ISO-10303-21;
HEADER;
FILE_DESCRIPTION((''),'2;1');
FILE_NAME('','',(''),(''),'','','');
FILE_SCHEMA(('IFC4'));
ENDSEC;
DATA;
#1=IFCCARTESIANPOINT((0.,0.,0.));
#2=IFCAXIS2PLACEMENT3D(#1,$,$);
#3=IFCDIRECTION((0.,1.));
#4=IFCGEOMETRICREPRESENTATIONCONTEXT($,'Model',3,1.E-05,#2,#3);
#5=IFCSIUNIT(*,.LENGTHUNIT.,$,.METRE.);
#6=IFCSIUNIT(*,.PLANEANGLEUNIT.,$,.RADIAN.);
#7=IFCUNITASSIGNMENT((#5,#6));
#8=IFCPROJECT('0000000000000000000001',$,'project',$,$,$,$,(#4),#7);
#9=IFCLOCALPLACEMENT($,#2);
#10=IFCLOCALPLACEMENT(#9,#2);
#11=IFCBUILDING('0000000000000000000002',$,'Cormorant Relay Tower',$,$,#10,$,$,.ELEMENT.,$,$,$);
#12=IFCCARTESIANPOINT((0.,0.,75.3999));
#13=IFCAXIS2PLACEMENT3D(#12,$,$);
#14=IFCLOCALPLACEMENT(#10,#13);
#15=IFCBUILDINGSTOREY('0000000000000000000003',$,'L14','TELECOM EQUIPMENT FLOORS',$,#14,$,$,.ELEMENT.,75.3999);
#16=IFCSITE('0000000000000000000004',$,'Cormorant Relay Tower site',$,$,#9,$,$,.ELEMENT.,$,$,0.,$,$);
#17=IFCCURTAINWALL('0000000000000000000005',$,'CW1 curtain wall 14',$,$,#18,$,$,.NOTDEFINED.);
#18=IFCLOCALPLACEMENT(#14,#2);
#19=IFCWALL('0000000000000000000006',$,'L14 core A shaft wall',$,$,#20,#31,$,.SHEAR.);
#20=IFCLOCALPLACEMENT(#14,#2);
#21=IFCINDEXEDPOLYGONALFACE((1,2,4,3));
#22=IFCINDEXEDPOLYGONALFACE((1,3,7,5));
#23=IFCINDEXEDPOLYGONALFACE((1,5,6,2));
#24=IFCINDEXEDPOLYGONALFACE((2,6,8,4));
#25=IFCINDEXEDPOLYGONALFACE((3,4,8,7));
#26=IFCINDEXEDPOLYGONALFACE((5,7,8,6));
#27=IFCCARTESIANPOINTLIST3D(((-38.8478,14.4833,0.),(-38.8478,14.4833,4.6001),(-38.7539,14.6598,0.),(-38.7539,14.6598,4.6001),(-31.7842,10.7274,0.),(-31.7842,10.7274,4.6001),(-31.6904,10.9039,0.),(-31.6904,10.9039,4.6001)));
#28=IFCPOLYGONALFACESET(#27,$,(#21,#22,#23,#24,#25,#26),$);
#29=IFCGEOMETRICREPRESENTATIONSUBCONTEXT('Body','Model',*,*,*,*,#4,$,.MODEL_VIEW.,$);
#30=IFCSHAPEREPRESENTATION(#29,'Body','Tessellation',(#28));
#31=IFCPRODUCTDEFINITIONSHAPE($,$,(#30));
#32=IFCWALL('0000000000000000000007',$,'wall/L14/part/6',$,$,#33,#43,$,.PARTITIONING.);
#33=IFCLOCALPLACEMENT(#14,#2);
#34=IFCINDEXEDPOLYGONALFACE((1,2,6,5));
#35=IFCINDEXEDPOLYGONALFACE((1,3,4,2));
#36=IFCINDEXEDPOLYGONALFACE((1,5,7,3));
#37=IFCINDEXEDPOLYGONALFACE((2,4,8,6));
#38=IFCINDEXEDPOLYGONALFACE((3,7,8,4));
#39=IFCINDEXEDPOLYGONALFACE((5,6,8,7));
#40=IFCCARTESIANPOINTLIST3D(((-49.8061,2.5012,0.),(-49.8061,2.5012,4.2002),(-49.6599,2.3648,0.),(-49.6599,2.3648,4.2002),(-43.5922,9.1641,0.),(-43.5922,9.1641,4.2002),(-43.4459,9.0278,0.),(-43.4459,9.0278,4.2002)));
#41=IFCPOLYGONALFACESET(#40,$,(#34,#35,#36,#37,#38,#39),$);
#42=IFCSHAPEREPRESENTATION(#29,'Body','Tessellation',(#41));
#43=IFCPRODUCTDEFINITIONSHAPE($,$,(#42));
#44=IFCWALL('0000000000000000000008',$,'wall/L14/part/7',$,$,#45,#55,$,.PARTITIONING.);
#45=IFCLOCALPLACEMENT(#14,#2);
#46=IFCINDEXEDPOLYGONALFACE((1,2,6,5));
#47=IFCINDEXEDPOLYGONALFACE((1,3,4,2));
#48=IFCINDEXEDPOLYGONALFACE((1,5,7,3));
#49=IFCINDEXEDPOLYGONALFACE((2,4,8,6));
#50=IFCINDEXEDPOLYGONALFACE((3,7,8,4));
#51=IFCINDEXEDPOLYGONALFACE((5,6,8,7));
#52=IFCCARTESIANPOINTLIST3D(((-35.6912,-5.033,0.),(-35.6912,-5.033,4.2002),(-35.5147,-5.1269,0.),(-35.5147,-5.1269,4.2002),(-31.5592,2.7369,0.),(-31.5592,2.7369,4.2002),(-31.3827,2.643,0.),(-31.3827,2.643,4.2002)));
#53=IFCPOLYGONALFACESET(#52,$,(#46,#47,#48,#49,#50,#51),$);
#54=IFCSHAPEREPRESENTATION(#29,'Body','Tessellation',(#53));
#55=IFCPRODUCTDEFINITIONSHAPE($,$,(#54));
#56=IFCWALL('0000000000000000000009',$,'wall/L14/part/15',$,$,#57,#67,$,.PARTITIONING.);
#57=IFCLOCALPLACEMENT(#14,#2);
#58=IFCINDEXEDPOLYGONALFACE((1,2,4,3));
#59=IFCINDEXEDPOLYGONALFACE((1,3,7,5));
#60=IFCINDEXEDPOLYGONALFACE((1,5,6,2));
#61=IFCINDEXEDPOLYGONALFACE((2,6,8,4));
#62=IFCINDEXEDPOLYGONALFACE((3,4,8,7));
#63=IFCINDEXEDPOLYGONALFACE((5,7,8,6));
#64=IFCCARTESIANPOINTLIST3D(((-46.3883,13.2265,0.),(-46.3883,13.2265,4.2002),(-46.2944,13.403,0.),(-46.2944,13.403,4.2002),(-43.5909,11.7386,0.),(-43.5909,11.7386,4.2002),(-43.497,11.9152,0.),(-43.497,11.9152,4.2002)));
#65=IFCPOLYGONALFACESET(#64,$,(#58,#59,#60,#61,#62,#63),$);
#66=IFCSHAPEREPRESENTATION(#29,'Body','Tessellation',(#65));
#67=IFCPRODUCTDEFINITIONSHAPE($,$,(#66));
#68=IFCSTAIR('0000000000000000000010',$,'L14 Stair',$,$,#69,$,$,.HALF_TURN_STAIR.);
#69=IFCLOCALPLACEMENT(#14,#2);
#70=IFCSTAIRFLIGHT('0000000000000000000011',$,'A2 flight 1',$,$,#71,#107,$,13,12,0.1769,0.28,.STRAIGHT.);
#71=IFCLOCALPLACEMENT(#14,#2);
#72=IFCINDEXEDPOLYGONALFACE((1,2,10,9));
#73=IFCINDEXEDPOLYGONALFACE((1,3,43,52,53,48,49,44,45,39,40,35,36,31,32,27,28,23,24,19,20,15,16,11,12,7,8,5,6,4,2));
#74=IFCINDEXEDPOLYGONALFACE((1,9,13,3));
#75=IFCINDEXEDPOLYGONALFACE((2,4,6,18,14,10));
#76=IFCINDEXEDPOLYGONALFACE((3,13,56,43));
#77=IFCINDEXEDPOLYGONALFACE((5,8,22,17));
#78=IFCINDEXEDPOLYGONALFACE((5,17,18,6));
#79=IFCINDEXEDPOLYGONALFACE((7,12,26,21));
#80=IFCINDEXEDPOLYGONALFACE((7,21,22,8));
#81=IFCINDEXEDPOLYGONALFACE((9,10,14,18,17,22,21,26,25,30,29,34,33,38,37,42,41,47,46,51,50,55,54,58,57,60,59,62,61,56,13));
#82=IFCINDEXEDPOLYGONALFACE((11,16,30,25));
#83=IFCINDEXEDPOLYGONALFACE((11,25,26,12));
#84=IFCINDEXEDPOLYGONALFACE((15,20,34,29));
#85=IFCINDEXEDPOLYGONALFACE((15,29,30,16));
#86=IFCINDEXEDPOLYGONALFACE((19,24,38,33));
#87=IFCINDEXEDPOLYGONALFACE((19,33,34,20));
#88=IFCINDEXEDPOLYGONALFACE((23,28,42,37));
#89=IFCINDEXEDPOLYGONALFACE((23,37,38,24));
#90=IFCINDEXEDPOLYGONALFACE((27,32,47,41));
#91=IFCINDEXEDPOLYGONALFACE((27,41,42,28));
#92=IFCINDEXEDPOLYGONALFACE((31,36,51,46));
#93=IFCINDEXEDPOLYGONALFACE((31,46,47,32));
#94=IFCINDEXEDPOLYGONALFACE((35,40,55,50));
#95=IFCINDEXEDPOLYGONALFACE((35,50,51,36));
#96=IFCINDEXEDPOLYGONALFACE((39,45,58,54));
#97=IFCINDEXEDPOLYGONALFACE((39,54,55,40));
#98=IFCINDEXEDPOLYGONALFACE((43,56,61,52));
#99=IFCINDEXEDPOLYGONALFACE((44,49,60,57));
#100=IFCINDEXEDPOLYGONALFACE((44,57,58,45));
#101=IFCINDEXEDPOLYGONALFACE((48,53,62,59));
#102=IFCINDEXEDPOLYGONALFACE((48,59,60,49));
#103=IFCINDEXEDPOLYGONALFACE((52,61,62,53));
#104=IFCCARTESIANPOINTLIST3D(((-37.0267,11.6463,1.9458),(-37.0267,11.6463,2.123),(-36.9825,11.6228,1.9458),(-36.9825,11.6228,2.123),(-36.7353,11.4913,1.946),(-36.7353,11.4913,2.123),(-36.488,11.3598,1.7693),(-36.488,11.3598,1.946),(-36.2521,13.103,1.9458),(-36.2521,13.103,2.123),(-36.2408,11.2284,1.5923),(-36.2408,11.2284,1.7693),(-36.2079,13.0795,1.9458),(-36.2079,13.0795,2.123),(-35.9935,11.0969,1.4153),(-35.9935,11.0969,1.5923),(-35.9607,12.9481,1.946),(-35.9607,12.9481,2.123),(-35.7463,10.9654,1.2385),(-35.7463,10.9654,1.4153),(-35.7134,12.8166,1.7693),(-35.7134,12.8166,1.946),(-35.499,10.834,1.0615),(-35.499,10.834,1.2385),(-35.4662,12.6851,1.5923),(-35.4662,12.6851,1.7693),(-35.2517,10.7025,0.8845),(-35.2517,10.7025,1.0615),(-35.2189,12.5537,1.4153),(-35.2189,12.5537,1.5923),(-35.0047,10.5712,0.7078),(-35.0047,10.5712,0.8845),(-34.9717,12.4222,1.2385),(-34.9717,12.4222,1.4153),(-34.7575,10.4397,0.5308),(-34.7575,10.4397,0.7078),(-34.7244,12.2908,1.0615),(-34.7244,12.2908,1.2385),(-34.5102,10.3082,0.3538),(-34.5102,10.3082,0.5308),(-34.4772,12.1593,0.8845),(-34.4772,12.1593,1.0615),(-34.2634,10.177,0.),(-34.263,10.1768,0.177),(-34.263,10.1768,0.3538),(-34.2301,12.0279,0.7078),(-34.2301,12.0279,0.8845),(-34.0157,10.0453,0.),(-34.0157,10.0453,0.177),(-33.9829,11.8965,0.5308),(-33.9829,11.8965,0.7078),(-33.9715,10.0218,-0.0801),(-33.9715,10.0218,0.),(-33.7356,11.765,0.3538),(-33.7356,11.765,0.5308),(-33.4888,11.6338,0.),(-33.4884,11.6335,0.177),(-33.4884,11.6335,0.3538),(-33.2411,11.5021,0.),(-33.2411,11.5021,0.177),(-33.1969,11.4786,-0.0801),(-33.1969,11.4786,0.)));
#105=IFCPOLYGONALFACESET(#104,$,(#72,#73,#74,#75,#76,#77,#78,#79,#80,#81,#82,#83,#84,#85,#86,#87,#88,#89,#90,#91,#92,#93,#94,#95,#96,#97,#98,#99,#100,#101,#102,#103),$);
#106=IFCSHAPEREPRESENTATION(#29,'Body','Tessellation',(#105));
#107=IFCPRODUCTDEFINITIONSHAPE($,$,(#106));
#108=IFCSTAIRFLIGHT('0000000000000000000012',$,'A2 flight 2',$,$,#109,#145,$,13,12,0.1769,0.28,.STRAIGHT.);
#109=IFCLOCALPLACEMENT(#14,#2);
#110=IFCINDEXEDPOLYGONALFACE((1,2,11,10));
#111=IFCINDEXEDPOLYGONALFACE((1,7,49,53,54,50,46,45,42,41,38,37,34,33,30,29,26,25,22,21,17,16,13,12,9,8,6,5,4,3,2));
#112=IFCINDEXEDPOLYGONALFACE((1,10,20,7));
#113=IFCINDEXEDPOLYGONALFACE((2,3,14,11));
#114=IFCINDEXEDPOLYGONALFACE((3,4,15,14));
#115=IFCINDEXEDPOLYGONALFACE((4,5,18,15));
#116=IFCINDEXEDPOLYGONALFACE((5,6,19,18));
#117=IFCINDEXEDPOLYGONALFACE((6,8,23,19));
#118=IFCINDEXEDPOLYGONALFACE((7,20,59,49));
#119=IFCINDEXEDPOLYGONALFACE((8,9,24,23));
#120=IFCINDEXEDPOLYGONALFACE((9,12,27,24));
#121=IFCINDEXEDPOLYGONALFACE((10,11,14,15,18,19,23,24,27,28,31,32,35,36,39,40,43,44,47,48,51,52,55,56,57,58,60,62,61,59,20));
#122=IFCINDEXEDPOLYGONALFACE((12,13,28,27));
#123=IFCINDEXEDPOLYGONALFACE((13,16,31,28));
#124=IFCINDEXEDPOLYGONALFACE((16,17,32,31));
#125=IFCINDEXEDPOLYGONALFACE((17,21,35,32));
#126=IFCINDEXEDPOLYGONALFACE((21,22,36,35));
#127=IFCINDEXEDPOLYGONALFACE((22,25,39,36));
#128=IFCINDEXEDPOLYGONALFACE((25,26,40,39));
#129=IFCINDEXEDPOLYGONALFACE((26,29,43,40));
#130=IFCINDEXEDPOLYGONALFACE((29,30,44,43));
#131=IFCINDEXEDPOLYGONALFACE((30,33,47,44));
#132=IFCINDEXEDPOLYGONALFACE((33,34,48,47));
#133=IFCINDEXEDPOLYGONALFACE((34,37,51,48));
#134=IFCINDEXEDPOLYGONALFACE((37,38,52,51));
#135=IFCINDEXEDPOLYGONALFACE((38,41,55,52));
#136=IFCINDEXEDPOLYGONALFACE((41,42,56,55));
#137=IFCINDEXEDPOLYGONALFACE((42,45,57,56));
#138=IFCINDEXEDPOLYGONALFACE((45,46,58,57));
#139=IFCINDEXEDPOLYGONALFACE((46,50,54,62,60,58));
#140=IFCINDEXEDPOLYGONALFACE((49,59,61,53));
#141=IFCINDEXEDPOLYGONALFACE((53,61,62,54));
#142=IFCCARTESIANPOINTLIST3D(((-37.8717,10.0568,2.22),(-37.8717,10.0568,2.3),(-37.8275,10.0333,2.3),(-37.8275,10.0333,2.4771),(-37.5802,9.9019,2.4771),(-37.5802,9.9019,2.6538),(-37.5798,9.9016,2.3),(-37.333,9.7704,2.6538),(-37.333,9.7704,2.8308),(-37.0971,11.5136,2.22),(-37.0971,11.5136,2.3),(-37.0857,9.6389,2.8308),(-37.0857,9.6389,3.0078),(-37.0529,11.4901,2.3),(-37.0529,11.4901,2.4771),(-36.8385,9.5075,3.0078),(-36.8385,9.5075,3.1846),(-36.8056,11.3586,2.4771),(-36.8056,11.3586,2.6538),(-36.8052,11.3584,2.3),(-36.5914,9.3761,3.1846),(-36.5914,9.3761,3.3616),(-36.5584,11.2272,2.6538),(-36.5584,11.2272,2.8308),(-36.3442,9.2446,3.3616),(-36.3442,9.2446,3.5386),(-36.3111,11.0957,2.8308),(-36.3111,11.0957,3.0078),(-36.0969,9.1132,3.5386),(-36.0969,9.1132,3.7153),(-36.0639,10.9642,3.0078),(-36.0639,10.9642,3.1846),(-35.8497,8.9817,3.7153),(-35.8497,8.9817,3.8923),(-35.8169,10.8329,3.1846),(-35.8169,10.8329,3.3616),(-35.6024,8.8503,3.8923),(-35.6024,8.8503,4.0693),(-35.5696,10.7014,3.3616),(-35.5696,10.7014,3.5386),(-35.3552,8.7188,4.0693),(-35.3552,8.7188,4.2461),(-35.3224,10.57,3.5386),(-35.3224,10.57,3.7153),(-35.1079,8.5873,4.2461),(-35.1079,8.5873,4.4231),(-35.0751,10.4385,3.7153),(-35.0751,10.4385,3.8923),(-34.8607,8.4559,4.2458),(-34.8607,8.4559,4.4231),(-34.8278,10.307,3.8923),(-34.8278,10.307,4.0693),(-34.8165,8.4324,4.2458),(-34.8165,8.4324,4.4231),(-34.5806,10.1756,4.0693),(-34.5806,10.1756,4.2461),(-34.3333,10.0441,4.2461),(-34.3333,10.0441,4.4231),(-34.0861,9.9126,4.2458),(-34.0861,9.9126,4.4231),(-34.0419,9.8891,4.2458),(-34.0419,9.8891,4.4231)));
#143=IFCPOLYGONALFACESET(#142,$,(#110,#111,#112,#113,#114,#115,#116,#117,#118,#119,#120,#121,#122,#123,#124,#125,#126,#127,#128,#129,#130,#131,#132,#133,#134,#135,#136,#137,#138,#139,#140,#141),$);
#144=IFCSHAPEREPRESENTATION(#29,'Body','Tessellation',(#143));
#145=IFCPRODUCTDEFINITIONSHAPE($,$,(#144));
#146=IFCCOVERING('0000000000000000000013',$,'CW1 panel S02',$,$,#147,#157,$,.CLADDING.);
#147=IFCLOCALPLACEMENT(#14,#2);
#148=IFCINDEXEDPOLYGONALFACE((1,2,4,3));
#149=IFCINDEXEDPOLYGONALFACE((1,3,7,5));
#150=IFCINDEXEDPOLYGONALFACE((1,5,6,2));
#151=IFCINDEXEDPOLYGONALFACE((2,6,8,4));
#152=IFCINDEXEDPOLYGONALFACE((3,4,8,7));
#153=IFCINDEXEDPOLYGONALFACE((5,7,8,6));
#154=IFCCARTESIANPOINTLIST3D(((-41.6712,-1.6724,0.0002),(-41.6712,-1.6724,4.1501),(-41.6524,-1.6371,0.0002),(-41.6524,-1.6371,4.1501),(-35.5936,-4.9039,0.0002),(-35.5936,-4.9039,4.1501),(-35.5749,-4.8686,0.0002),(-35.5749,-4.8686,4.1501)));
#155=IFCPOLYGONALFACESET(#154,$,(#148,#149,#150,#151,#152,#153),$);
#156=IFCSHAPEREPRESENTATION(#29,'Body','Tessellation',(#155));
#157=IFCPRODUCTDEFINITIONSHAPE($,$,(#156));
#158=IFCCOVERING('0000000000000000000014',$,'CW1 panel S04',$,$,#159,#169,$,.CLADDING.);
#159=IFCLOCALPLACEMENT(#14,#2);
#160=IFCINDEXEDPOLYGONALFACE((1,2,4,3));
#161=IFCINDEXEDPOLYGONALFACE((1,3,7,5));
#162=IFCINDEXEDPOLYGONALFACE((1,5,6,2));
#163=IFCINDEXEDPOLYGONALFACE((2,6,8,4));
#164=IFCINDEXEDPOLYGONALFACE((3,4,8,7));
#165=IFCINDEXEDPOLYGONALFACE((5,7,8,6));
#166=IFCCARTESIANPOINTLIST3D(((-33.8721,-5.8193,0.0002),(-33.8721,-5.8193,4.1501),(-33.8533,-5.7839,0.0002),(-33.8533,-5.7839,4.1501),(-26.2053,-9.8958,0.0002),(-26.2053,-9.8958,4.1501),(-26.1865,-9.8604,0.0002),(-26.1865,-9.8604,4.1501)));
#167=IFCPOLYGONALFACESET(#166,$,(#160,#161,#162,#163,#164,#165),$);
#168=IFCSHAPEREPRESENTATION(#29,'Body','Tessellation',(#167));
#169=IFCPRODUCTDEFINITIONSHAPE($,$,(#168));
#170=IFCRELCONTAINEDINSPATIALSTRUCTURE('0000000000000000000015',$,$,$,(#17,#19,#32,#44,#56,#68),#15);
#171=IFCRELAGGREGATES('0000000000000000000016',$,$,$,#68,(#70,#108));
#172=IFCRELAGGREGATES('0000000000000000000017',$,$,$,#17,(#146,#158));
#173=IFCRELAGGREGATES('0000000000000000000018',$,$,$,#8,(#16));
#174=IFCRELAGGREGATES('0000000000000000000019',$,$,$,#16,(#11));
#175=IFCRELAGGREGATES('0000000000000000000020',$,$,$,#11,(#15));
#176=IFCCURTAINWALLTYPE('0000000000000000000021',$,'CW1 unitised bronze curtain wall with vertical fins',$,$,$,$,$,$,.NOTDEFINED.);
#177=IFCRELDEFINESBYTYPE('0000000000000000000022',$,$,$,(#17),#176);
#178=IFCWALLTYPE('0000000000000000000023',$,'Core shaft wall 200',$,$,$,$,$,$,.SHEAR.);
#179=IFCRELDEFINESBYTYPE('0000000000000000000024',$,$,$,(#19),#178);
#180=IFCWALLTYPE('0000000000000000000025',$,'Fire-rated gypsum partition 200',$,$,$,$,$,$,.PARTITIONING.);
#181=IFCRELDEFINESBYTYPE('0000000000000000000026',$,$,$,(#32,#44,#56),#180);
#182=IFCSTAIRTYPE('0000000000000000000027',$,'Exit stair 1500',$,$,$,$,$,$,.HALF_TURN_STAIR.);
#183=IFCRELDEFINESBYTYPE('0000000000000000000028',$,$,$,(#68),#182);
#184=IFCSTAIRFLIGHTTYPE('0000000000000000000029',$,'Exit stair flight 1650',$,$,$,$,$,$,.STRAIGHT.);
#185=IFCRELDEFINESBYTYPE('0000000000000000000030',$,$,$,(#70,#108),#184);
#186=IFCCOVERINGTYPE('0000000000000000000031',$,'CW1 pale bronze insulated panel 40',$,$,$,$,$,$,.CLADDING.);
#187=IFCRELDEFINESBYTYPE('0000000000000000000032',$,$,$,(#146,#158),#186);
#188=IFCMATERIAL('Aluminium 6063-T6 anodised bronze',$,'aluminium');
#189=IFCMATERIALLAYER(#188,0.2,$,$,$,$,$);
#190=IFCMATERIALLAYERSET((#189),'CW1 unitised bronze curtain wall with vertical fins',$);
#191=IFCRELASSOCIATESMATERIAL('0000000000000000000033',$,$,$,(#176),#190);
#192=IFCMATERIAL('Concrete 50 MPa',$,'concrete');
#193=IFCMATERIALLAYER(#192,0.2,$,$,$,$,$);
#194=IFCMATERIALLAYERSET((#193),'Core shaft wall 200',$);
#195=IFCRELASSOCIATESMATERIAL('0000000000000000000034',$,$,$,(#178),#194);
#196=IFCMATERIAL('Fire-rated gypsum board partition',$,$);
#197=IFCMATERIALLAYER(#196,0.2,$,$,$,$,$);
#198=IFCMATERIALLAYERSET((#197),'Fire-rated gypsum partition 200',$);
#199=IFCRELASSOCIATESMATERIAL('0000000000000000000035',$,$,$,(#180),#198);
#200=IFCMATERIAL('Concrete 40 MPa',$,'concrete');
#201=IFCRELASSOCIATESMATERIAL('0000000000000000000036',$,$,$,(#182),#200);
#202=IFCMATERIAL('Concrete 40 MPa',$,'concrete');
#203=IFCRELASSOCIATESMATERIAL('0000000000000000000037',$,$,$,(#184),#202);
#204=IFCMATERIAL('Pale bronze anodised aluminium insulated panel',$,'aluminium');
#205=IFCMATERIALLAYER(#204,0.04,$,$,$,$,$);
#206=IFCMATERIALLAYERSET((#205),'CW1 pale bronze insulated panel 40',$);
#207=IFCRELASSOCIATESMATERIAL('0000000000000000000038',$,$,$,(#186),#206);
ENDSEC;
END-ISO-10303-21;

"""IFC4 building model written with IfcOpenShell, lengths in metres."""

from ifc_helpers import new_model, si_unit, direction, frame, frame_2d, origin, origin_2d, place, context, subcontext, project, spatial, polyline, rectangle, outline, extrude, material, layer, layer_set, type_object, element, aggregate, save


model = new_model("IFC4")

# Units and contexts
model_context = context("Model", 3, precision=1e-05, world=origin(), true_north=direction((0.0, 1.0)))
body_context = subcontext(model_context, "Body", "Model", "MODEL_VIEW")
ifc_project = project(units=[si_unit("LENGTHUNIT", "METRE"), si_unit("PLANEANGLEUNIT", "RADIAN")], contexts=[model_context])

# Site, building, storey
site_placement = place(None, origin())
site = spatial("IfcSite", under=ifc_project, at=site_placement, Name="Cormorant Relay Tower site", CompositionType="ELEMENT", RefElevation=0.0)
building_placement = place(site_placement, origin())
building = spatial("IfcBuilding", under=site, at=building_placement, Name="Cormorant Relay Tower", CompositionType="ELEMENT")
storey_placement = place(building_placement, frame((0.0, 0.0, 75.3999)))
storey = spatial("IfcBuildingStorey", under=building, at=storey_placement, Name="L14", Description="TELECOM EQUIPMENT FLOORS", CompositionType="ELEMENT", Elevation=75.3999)

# Curtain wall
ifc_material_1 = material(Name="Aluminium 6063-T6 anodised bronze", Category="aluminium")
ifc_layer_1 = layer(ifc_material_1, 0.2)
ifc_layer_set_1 = layer_set([ifc_layer_1], Name="CW1 unitised bronze curtain wall with vertical fins")
curtain_wall_type = type_object("IfcCurtainWallType", Name="CW1 unitised bronze curtain wall with vertical fins", PredefinedType="NOTDEFINED", material=ifc_layer_set_1)
curtain_wall_placement = place(storey_placement, origin())
curtain_wall = element("IfcCurtainWall", 1, at=curtain_wall_placement, inside=storey, type_object=curtain_wall_type, Name="CW1 curtain wall 14", PredefinedType="NOTDEFINED")

# Shared definitions
ifc_material_2 = material(Name="Concrete 50 MPa", Category="concrete")
ifc_layer_2 = layer(ifc_material_2, 0.2)
ifc_layer_set_2 = layer_set([ifc_layer_2], Name="Core shaft wall 200")
wall_type_1 = type_object("IfcWallType", Name="Core shaft wall 200", PredefinedType="SHEAR", material=ifc_layer_set_2)

# Walls
for number, where, z_axis, x_axis, name in (
    (2, (-31.7373, 10.8157, 0.0), (0.0, 0.0, 1.0), (-0.88294, 0.469485, 0.0), "L14 core A shaft wall"),
):
    element("IfcWall", number, at=place(storey_placement, frame(where, z_axis=z_axis, x_axis=x_axis)), inside=storey, type_object=wall_type_1, Name=name, PredefinedType="SHEAR", context=body_context, shape_type="SweptSolid", body=[
        extrude(rectangle(XDim=8.0, YDim=0.2, at=frame_2d((4.0, 0.0))), origin(), (0.0, 0.0, 1.0), 4.6001),
    ])
ifc_material_3 = material(Name="Fire-rated gypsum board partition")
ifc_layer_3 = layer(ifc_material_3, 0.2)
ifc_layer_set_3 = layer_set([ifc_layer_3], Name="Fire-rated gypsum partition 200")
wall_type_2 = type_object("IfcWallType", Name="Fire-rated gypsum partition 200", PredefinedType="PARTITIONING", material=ifc_layer_set_3)
wall_1_placement = place(storey_placement, frame((-43.519, 9.0959, 0.0), z_axis=(0.0, 0.0, 1.0), x_axis=(-0.682037, -0.731317, 0.0)))
element("IfcWall", 3, at=wall_1_placement, inside=storey, type_object=wall_type_2, Name="wall/L14/part/6", PredefinedType="PARTITIONING", context=body_context, shape_type="SweptSolid", body=[
    extrude(rectangle(XDim=9.1108, YDim=0.2, at=frame_2d((4.5554, 0.0))), origin(), (0.0, 0.0, 1.0), 4.2002),
])
wall_2_placement = place(storey_placement, frame((-31.4709, 2.6899, 0.0), z_axis=(0.0, 0.0, 1.0), x_axis=(-0.469532, -0.882915, 0.0)))
element("IfcWall", 4, at=wall_2_placement, inside=storey, type_object=wall_type_2, Name="wall/L14/part/7", PredefinedType="PARTITIONING", context=body_context, shape_type="SweptSolid", body=[
    extrude(rectangle(XDim=8.8003, YDim=0.2, at=frame_2d((4.4001, 0.0))), origin(), (0.0, 0.0, 1.0), 4.2002),
])
wall_3_placement = place(storey_placement, frame((-43.5439, 11.8269, 0.0), z_axis=(0.0, 0.0, 1.0), x_axis=(-0.882894, 0.469572, 0.0)))
element("IfcWall", 5, at=wall_3_placement, inside=storey, type_object=wall_type_2, Name="wall/L14/part/15", PredefinedType="PARTITIONING", context=body_context, shape_type="SweptSolid", body=[
    extrude(rectangle(XDim=3.1685, YDim=0.2, at=frame_2d((1.5842, 0.0))), origin(), (0.0, 0.0, 1.0), 4.2002),
])

# Stair, stair flights
ifc_material_4 = material(Name="Concrete 40 MPa", Category="concrete")
stair_type = type_object("IfcStairType", Name="Exit stair 1500", PredefinedType="HALF_TURN_STAIR", material=ifc_material_4)
stair_placement = place(storey_placement, origin())
stair = element("IfcStair", 6, at=stair_placement, inside=storey, type_object=stair_type, Name="L14 Stair", PredefinedType="HALF_TURN_STAIR")
ifc_material_5 = material(Name="Concrete 40 MPa", Category="concrete")
stair_flight_type = type_object("IfcStairFlightType", Name="Exit stair flight 1650", PredefinedType="STRAIGHT", material=ifc_material_5)
stair_flight_1_placement = place(storey_placement, frame((-33.6284, 10.7737, 0.0), z_axis=(0.0, 0.0, 1.0), x_axis=(-0.882948, 0.469472, 0.0)))
stair_flight_1 = element("IfcStairFlight", 7, at=stair_flight_1_placement, type_object=stair_flight_type, Name="A2 flight 1", NumberOfRisers=13, NumberOfTreads=12, PredefinedType="STRAIGHT", RiserHeight=0.1769, TreadLength=0.28, context=body_context, shape_type="SweptSolid", body=[
    extrude(outline(polyline([(-0.05, -0.0801), (-0.05, 0.0), (0.0, 0.0), (0.0, 0.177), (0.28, 0.177), (0.28, 0.3538), (0.5601, 0.3538), (0.5601, 0.5308), (0.8401, 0.5308), (0.8401, 0.7078), (1.1201, 0.7078), (1.1201, 0.8845), (1.3999, 0.8845), (1.3999, 1.0615), (1.6799, 1.0615), (1.6799, 1.2385), (1.96, 1.2385), (1.96, 1.4153), (2.24, 1.4153), (2.24, 1.5923), (2.52, 1.5923), (2.52, 1.7693), (2.8, 1.7693), (2.8, 1.946), (3.0801, 1.946), (3.0801, 2.123), (3.3601, 2.123), (3.4102, 2.123), (3.4102, 1.9458), (3.3601, 1.9458), (0.2805, 0.0), (-0.05, -0.0801)])), frame((0.0, 0.825, 0.0), z_axis=(0.0, -1.0, 0.0), x_axis=(1.0, 0.0, 0.0)), (0.0, 0.0, 1.0), 1.6499),
])
stair_flight_2_placement = place(storey_placement, frame((-37.4402, 10.7617, 2.3), z_axis=(0.0, 0.0, 1.0), x_axis=(0.882948, -0.469472, 0.0)))
stair_flight_2 = element("IfcStairFlight", 8, at=stair_flight_2_placement, type_object=stair_flight_type, Name="A2 flight 2", NumberOfRisers=13, NumberOfTreads=12, PredefinedType="STRAIGHT", RiserHeight=0.1769, TreadLength=0.28, context=body_context, shape_type="SweptSolid", body=[
    extrude(outline(polyline([(-0.05, -0.0801), (-0.05, 0.0), (0.0, 0.0), (0.0, 0.177), (0.28, 0.177), (0.28, 0.3538), (0.5601, 0.3538), (0.5601, 0.5308), (0.8401, 0.5308), (0.8401, 0.7078), (1.1201, 0.7078), (1.1201, 0.8845), (1.3999, 0.8845), (1.3999, 1.0615), (1.6799, 1.0615), (1.6799, 1.2385), (1.96, 1.2385), (1.96, 1.4153), (2.24, 1.4153), (2.24, 1.5923), (2.52, 1.5923), (2.52, 1.7693), (2.8, 1.7693), (2.8, 1.946), (3.0801, 1.946), (3.0801, 2.123), (3.3601, 2.123), (3.4102, 2.123), (3.4102, 1.9458), (3.3601, 1.9458), (0.2805, 0.0), (-0.05, -0.0801)])), frame((0.0, 0.825, 0.0), z_axis=(0.0, -1.0, 0.0), x_axis=(1.0, 0.0, 0.0)), (0.0, 0.0, 1.0), 1.6499),
])
aggregate(stair, [stair_flight_1, stair_flight_2])

# Coverings
ifc_material_6 = material(Name="Pale bronze anodised aluminium insulated panel", Category="aluminium")
ifc_layer_4 = layer(ifc_material_6, 0.04)
ifc_layer_set_4 = layer_set([ifc_layer_4], Name="CW1 pale bronze insulated panel 40")
covering_type = type_object("IfcCoveringType", Name="CW1 pale bronze insulated panel 40", PredefinedType="CLADDING", material=ifc_layer_set_4)
covering_1_placement = place(storey_placement, frame((-38.623, -3.2705, 0.0002), z_axis=(0.0, 0.0, 1.0), x_axis=(0.882948, -0.469472, 0.0)))
covering_1 = element("IfcCovering", 9, at=covering_1_placement, type_object=covering_type, Name="CW1 panel S02", PredefinedType="CLADDING", context=body_context, shape_type="SweptSolid", body=[
    extrude(rectangle(XDim=6.8833, YDim=0.04, at=origin_2d()), origin(), (0.0, 0.0, 1.0), 4.1499),
])
covering_2_placement = place(storey_placement, frame((-30.0293, -7.8398, 0.0002), z_axis=(0.0, 0.0, 1.0), x_axis=(0.882948, -0.469472, 0.0)))
covering_2 = element("IfcCovering", 10, at=covering_2_placement, type_object=covering_type, Name="CW1 panel S04", PredefinedType="CLADDING", context=body_context, shape_type="SweptSolid", body=[
    extrude(rectangle(XDim=8.6831, YDim=0.04, at=origin_2d()), origin(), (0.0, 0.0, 1.0), 4.1499),
])
aggregate(curtain_wall, [covering_1, covering_2])

save(model, "model.ifc")
